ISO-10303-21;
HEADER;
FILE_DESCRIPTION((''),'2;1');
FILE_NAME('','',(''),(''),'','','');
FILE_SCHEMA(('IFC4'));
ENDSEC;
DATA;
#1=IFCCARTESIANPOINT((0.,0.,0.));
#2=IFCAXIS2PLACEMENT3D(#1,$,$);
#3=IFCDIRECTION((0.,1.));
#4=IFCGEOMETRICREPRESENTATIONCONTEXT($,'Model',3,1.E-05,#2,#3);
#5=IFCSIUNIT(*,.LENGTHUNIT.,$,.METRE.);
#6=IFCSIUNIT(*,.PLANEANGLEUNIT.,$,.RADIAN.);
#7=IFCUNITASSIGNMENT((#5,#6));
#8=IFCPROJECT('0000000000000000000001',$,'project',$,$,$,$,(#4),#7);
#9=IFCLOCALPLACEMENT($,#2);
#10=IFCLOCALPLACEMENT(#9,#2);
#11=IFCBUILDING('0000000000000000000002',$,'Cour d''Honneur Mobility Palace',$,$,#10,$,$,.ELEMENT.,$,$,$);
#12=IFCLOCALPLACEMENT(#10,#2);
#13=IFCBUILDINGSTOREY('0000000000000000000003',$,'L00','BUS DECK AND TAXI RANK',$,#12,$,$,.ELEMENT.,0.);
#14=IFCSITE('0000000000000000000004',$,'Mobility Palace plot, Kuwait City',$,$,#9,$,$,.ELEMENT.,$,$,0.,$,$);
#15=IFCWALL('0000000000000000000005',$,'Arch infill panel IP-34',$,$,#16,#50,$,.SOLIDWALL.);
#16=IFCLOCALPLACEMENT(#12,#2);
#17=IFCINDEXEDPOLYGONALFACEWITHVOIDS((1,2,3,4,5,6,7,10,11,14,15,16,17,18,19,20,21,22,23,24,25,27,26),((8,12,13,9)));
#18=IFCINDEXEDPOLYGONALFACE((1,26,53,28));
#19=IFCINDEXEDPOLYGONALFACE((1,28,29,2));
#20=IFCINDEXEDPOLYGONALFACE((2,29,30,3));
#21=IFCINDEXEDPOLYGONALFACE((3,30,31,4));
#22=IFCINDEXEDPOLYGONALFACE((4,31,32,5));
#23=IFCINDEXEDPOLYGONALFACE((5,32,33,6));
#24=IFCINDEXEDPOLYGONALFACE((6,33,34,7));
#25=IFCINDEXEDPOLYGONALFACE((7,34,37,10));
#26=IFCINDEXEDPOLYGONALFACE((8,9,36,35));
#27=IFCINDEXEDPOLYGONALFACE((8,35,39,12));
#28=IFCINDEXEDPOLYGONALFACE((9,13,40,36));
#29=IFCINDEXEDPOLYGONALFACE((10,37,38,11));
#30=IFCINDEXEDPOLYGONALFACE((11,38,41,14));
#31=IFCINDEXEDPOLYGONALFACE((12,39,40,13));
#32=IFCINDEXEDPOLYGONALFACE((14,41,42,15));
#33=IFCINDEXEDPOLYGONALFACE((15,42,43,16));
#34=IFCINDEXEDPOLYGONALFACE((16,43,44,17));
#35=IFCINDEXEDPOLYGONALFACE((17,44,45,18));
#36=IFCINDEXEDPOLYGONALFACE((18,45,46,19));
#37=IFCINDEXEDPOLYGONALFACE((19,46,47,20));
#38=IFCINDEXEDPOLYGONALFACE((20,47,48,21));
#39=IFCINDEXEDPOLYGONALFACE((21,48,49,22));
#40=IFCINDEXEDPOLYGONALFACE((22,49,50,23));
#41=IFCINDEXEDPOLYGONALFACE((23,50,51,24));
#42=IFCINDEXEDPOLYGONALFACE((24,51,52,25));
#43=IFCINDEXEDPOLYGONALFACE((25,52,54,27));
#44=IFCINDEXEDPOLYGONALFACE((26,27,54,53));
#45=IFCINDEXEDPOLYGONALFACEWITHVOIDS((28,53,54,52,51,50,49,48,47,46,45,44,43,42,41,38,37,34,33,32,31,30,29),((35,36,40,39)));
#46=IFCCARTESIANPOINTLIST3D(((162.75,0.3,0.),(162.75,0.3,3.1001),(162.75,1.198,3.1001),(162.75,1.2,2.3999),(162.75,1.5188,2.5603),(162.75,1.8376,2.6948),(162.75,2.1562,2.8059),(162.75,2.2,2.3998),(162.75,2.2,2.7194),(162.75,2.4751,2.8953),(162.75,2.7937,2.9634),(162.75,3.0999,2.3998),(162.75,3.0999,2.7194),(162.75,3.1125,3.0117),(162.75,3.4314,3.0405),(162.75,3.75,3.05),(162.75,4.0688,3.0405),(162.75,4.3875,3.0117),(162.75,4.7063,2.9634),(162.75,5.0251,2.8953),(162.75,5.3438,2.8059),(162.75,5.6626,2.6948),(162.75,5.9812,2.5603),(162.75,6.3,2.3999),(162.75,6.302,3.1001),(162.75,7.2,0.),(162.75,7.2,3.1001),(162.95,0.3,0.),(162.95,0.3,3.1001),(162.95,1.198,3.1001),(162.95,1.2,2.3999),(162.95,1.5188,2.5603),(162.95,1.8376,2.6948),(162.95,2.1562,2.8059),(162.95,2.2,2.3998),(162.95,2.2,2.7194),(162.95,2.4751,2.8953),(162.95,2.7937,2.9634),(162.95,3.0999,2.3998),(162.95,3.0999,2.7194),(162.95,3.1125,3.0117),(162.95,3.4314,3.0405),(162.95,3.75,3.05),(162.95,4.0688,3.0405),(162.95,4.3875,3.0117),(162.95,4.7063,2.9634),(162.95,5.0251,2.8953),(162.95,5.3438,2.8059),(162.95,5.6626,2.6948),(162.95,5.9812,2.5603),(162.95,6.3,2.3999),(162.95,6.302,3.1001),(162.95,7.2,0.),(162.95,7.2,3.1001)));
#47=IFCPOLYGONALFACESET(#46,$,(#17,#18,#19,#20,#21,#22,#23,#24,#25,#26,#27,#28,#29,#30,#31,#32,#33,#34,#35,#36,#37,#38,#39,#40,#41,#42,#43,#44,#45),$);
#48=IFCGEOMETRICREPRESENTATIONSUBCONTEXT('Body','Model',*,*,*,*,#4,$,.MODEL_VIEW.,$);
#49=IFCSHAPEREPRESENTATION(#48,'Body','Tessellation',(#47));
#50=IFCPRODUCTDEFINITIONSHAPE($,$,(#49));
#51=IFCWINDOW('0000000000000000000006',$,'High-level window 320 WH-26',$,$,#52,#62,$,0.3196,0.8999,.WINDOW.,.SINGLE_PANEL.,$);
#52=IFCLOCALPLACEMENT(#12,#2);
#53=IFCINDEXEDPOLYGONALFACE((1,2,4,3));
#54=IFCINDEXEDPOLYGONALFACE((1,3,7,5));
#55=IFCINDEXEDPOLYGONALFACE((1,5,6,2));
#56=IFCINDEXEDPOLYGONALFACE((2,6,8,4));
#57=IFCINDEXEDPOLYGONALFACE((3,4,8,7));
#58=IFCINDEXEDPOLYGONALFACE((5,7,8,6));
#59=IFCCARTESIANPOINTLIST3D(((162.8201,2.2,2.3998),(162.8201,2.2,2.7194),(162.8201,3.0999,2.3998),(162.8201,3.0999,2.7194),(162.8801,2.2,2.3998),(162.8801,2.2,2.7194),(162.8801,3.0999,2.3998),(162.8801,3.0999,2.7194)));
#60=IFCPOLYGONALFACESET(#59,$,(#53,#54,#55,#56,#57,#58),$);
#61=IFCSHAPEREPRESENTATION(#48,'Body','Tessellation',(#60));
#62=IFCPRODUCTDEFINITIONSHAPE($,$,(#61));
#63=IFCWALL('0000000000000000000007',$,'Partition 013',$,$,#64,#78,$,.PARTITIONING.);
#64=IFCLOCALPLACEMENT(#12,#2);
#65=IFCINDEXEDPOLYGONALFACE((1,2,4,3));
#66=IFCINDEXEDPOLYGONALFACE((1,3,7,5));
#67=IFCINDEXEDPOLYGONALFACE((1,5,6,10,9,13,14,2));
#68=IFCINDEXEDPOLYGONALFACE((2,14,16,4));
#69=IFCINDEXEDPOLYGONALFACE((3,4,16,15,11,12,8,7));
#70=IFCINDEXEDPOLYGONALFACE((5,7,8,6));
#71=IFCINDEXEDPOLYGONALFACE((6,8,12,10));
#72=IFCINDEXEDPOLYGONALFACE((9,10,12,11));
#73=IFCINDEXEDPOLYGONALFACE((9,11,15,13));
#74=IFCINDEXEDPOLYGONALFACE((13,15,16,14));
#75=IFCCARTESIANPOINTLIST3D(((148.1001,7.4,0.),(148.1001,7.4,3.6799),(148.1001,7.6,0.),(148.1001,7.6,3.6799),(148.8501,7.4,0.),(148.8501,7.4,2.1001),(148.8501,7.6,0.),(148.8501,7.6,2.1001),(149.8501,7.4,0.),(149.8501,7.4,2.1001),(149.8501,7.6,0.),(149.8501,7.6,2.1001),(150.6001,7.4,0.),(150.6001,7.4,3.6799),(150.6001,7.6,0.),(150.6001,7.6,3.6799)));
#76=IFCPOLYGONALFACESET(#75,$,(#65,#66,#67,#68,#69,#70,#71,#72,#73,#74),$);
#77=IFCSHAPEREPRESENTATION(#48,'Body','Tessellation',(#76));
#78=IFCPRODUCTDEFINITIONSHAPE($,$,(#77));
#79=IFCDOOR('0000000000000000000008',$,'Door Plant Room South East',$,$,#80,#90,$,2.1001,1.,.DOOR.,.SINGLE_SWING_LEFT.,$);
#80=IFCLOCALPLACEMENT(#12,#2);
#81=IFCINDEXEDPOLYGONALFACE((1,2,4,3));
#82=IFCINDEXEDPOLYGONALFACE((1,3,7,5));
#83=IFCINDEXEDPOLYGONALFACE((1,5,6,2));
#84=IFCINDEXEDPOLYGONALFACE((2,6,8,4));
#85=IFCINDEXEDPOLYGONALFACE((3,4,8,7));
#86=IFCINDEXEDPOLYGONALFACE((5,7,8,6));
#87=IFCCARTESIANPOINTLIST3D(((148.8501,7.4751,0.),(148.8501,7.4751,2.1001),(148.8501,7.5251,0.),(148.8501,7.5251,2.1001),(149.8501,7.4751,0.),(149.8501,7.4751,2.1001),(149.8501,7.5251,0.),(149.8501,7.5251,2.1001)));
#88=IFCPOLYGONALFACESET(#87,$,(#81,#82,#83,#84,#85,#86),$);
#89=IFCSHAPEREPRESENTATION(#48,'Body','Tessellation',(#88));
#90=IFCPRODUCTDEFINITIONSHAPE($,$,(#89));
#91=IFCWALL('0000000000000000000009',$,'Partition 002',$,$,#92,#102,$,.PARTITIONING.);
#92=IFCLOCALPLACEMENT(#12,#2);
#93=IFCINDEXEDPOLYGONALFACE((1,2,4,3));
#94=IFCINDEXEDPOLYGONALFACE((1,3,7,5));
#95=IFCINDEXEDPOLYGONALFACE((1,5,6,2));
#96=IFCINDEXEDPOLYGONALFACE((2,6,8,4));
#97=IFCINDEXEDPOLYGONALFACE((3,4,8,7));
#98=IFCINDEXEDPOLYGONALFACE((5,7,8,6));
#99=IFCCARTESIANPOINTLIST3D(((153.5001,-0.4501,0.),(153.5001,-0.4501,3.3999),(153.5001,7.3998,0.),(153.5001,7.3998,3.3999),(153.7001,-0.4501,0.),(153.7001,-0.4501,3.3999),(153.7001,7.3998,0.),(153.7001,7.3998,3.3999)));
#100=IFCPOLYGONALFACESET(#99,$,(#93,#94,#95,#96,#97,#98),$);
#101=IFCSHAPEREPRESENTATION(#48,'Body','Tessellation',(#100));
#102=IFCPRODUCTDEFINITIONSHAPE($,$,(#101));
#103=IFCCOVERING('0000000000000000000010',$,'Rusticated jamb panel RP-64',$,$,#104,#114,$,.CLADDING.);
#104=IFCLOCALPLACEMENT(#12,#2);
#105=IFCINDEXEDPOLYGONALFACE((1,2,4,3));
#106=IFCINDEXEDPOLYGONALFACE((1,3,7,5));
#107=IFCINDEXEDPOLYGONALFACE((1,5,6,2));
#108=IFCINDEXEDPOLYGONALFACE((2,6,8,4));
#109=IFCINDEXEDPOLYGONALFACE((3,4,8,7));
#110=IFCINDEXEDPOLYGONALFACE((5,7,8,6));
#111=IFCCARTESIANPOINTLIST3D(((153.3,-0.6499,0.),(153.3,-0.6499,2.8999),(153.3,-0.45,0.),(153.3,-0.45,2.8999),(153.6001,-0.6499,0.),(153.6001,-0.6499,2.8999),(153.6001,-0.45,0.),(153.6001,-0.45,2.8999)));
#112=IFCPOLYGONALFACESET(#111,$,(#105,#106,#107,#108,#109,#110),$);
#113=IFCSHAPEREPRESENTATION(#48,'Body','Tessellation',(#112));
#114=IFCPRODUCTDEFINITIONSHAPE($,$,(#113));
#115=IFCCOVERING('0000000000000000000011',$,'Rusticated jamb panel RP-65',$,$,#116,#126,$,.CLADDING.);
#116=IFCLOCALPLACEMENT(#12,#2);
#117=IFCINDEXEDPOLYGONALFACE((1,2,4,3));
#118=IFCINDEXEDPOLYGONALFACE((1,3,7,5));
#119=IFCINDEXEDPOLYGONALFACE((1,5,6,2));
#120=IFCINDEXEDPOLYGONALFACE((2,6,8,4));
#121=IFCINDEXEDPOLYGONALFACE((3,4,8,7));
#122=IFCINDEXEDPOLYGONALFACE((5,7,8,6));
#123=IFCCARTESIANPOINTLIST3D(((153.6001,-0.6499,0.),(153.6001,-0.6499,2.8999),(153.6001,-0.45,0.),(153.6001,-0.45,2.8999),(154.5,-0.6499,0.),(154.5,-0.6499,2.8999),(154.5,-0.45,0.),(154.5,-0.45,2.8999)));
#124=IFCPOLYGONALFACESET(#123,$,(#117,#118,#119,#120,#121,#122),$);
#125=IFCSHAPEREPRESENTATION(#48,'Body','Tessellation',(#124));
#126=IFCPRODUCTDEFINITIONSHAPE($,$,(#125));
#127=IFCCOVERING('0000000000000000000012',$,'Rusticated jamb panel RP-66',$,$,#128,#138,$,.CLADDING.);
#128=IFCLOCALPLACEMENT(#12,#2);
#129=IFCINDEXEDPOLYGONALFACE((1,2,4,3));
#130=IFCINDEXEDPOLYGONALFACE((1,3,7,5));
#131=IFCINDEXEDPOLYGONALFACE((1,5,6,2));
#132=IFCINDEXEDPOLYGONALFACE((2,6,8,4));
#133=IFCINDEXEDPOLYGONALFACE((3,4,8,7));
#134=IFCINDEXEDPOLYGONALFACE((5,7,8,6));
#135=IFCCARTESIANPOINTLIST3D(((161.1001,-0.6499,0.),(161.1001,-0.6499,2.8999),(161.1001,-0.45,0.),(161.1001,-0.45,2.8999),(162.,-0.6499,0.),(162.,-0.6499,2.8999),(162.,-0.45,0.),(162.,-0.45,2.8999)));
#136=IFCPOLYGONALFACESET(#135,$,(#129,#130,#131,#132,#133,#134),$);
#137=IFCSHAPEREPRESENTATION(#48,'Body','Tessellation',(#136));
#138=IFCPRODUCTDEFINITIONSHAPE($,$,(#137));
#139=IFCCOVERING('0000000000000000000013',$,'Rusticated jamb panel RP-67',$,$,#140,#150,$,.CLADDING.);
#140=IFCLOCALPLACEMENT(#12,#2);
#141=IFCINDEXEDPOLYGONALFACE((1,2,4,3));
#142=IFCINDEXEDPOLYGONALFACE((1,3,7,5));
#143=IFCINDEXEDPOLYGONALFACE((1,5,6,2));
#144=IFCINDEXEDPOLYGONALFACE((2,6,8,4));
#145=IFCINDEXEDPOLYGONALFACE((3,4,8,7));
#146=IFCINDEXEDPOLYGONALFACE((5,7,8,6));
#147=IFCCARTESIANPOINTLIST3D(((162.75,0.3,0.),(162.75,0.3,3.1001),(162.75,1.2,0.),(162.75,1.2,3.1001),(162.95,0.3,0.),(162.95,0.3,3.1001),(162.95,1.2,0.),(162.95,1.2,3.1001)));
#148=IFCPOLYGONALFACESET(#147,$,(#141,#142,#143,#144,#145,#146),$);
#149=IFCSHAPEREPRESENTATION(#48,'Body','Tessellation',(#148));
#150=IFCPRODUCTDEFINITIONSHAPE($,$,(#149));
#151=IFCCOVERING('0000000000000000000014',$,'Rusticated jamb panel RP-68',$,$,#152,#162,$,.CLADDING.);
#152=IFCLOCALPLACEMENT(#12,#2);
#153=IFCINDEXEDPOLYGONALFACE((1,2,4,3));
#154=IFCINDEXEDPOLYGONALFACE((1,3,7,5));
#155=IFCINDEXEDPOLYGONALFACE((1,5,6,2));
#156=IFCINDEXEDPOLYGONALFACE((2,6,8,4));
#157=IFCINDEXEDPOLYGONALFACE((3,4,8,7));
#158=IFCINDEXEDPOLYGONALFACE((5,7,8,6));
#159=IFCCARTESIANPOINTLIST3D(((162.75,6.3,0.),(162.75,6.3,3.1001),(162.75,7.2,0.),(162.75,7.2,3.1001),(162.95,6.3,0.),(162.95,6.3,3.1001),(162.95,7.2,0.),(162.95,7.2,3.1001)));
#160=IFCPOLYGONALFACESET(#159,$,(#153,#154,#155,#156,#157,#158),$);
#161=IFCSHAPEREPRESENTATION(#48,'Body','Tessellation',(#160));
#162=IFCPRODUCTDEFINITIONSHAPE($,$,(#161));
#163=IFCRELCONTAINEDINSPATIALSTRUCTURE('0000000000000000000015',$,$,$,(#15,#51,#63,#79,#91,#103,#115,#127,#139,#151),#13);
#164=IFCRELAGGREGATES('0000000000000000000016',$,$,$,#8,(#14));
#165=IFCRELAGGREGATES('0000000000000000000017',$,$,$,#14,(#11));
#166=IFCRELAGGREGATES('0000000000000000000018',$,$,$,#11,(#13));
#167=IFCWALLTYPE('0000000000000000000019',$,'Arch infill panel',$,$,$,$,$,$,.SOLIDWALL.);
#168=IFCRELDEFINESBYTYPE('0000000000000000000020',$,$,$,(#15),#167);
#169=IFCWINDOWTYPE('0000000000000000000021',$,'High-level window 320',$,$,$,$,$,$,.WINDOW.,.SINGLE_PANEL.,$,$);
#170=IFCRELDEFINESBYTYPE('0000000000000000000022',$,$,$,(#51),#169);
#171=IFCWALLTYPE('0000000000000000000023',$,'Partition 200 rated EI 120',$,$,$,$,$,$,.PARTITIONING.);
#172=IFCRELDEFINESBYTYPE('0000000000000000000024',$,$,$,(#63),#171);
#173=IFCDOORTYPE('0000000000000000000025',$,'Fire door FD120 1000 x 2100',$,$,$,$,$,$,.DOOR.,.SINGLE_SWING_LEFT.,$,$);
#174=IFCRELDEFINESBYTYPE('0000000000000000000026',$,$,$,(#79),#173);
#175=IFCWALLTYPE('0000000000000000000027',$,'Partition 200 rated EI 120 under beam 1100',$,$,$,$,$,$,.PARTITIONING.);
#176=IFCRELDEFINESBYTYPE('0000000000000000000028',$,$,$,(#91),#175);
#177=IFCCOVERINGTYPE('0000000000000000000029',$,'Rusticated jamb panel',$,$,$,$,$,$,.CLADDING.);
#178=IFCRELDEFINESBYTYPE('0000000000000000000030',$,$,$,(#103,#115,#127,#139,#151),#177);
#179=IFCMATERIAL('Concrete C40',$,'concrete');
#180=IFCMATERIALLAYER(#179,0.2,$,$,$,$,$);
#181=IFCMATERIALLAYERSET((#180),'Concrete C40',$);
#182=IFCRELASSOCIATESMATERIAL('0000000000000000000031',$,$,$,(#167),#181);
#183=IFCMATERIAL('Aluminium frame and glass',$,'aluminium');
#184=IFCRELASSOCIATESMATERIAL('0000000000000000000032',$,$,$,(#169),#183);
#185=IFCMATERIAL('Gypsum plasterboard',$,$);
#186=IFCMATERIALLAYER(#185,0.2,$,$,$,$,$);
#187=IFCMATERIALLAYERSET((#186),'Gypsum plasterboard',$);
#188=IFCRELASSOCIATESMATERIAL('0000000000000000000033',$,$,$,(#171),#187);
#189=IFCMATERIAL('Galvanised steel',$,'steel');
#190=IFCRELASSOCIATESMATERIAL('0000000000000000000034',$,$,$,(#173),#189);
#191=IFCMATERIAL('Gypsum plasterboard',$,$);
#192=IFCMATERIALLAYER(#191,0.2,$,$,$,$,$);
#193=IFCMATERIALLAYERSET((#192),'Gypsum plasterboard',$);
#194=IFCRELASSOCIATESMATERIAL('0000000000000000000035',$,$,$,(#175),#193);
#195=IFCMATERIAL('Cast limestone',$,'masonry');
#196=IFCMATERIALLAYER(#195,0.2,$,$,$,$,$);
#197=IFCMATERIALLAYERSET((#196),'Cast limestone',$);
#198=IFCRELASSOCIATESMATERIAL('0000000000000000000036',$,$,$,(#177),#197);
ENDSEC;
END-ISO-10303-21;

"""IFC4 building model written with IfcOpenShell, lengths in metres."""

from ifc_helpers import new_model, si_unit, direction, frame, frame_2d, origin, place, context, subcontext, project, spatial, polyline, rectangle, outline, extrude, material, layer, layer_set, type_object, element, fill, save


model = new_model("IFC4")

# Units and contexts
model_context = context("Model", 3, precision=1e-05, world=origin(), true_north=direction((0.0, 1.0)))
body_context = subcontext(model_context, "Body", "Model", "MODEL_VIEW")
ifc_project = project(units=[si_unit("LENGTHUNIT", "METRE"), si_unit("PLANEANGLEUNIT", "RADIAN")], contexts=[model_context])

# Site, building, storey
site_placement = place(None, origin())
site = spatial("IfcSite", under=ifc_project, at=site_placement, Name="Mobility Palace plot, Kuwait City", CompositionType="ELEMENT", RefElevation=0.0)
building_placement = place(site_placement, origin())
building = spatial("IfcBuilding", under=site, at=building_placement, Name="Cour d'Honneur Mobility Palace", CompositionType="ELEMENT")
storey_placement = place(building_placement, origin())
storey = spatial("IfcBuildingStorey", under=building, at=storey_placement, Name="L00", Description="BUS DECK AND TAXI RANK", CompositionType="ELEMENT", Elevation=0.0)

# Shared definitions
ifc_material_1 = material(Name="Concrete C40", Category="concrete")
ifc_layer_1 = layer(ifc_material_1, 0.2)
ifc_layer_set_1 = layer_set([ifc_layer_1], Name="Concrete C40")
wall_type_1 = type_object("IfcWallType", Name="Arch infill panel", PredefinedType="SOLIDWALL", material=ifc_layer_set_1)

# Wall, opening, window
wall_1_placement = place(storey_placement, frame((162.8501, 0.3, 0.0), z_axis=(0.0, 0.0, 1.0), x_axis=(0.0, 1.0, 0.0)))
wall_1 = element("IfcWall", 1, at=wall_1_placement, inside=storey, type_object=wall_type_1, Name="Arch infill panel IP-34", PredefinedType="SOLIDWALL", context=body_context, shape_type="SweptSolid", body=[
    extrude(outline(polyline([(0.0, 0.0), (6.8999, 0.0), (6.8999, 3.1001), (6.002, 3.1001), (6.0, 2.3999), (5.6812, 2.5603), (5.3625, 2.6948), (5.0437, 2.8059), (4.7251, 2.8953), (4.4062, 2.9634), (4.0874, 3.0117), (3.7688, 3.0405), (3.45, 3.05), (3.1313, 3.0405), (2.8125, 3.0117), (2.4937, 2.9634), (2.175, 2.8953), (1.8562, 2.8059), (1.5376, 2.6948), (1.2188, 2.5603), (0.8999, 2.3999), (0.8979, 3.1001), (0.0, 3.1001), (0.0, 0.0)])), frame((0.0, 0.1001, 0.0), z_axis=(0.0, -1.0, 0.0), x_axis=(1.0, 0.0, 0.0)), (0.0, 0.0, 1.0), 0.2),
])
opening_1_placement = place(wall_1_placement, frame((1.8999, 0.0, 2.3999)))
opening_1 = element("IfcOpeningElement", 2, at=opening_1_placement, cuts=wall_1, PredefinedType="OPENING", context=body_context, shape_type="SweptSolid", body=[
    extrude(rectangle(XDim=0.8999, YDim=0.3196, at=frame_2d((0.45, 0.1597))), frame((0.0, 0.1099, 0.0), z_axis=(0.0, -1.0, 0.0), x_axis=(1.0, 0.0, 0.0)), (0.0, 0.0, 1.0), 0.22),
])
ifc_material_2 = material(Name="Aluminium frame and glass", Category="aluminium")
window_type = type_object("IfcWindowType", Name="High-level window 320", PartitioningType="SINGLE_PANEL", PredefinedType="WINDOW", material=ifc_material_2)
window_placement = place(opening_1_placement, origin())
window = element("IfcWindow", 3, at=window_placement, inside=storey, type_object=window_type, Name="High-level window 320 WH-26", OverallHeight=0.3196, OverallWidth=0.8999, PartitioningType="SINGLE_PANEL", PredefinedType="WINDOW", context=body_context, shape_type="SweptSolid", body=[
    extrude(rectangle(XDim=0.8999, YDim=0.3196, at=frame_2d((0.45, 0.1597))), frame((0.0, 0.03, 0.0), z_axis=(0.0, -1.0, 0.0), x_axis=(1.0, 0.0, 0.0)), (0.0, 0.0, 1.0), 0.0601),
])
fill(opening_1, window)

# Wall, opening, door
ifc_material_3 = material(Name="Gypsum plasterboard")
ifc_layer_2 = layer(ifc_material_3, 0.2)
ifc_layer_set_2 = layer_set([ifc_layer_2], Name="Gypsum plasterboard")
wall_type_2 = type_object("IfcWallType", Name="Partition 200 rated EI 120", PredefinedType="PARTITIONING", material=ifc_layer_set_2)
wall_2_placement = place(storey_placement, frame((150.6001, 7.5, 0.0), z_axis=(0.0, 0.0, 1.0), x_axis=(-1.0, 0.0, 0.0)))
wall_2 = element("IfcWall", 4, at=wall_2_placement, inside=storey, type_object=wall_type_2, Name="Partition 013", PredefinedType="PARTITIONING", context=body_context, shape_type="SweptSolid", body=[
    extrude(rectangle(XDim=2.5, YDim=0.2, at=frame_2d((1.25, 0.0))), origin(), (0.0, 0.0, 1.0), 3.6799),
])
opening_2_placement = place(wall_2_placement, frame((0.75, 0.0, 0.0)))
opening_2 = element("IfcOpeningElement", 5, at=opening_2_placement, cuts=wall_2, PredefinedType="OPENING", context=body_context, shape_type="SweptSolid", body=[
    extrude(rectangle(XDim=1.0, YDim=2.1001, at=frame_2d((0.5, 1.05))), frame((0.0, 0.1099, 0.0), z_axis=(0.0, -1.0, 0.0), x_axis=(1.0, 0.0, 0.0)), (0.0, 0.0, 1.0), 0.22),
])
ifc_material_4 = material(Name="Galvanised steel", Category="steel")
door_type_1 = type_object("IfcDoorType", Name="Fire door FD120 1000 x 2100", OperationType="SINGLE_SWING_LEFT", PredefinedType="DOOR", material=ifc_material_4)
door_1_placement = place(opening_2_placement, origin())
door_1 = element("IfcDoor", 6, at=door_1_placement, inside=storey, type_object=door_type_1, Name="Door Plant Room South East", OperationType="SINGLE_SWING_LEFT", OverallHeight=2.1001, OverallWidth=1.0, PredefinedType="DOOR", context=body_context, shape_type="SweptSolid", body=[
    extrude(rectangle(XDim=1.0, YDim=2.1001, at=frame_2d((0.5, 1.05))), frame((0.0, 0.0249, 0.0), z_axis=(0.0, -1.0, 0.0), x_axis=(1.0, 0.0, 0.0)), (0.0, 0.0, 1.0), 0.05),
])
fill(opening_2, door_1)

# Wall
ifc_material_5 = material(Name="Gypsum plasterboard")
ifc_layer_3 = layer(ifc_material_5, 0.2)
ifc_layer_set_3 = layer_set([ifc_layer_3], Name="Gypsum plasterboard")
wall_type_3 = type_object("IfcWallType", Name="Partition 200 rated EI 120 under beam 1100", PredefinedType="PARTITIONING", material=ifc_layer_set_3)
wall_3_placement = place(storey_placement, frame((153.6001, -0.45, 0.0), z_axis=(0.0, 0.0, 1.0), x_axis=(0.0, 1.0, 0.0)))
element("IfcWall", 7, at=wall_3_placement, inside=storey, type_object=wall_type_3, Name="Partition 002", PredefinedType="PARTITIONING", context=body_context, shape_type="SweptSolid", body=[
    extrude(rectangle(XDim=7.8499, YDim=0.2, at=frame_2d((3.9248, 0.0))), origin(), (0.0, 0.0, 1.0), 3.3999),
])

# Coverings
ifc_material_6 = material(Name="Cast limestone", Category="masonry")
ifc_layer_4 = layer(ifc_material_6, 0.2)
ifc_layer_set_4 = layer_set([ifc_layer_4], Name="Cast limestone")
covering_type_1 = type_object("IfcCoveringType", Name="Rusticated jamb panel", PredefinedType="CLADDING", material=ifc_layer_set_4)
covering_1_placement = place(storey_placement, frame((153.3, -0.6499, 0.0), z_axis=(0.0, -1.0, 0.0), x_axis=(1.0, 0.0, 0.0)))
element("IfcCovering", 8, at=covering_1_placement, inside=storey, type_object=covering_type_1, Name="Rusticated jamb panel RP-64", PredefinedType="CLADDING", context=body_context, shape_type="SweptSolid", body=[
    extrude(outline(polyline([(0.0, 0.0), (0.3, 0.0), (0.3, 2.8999), (0.0, 2.8999), (0.0, 0.0)])), origin(), (0.0, 0.0, -1.0), 0.2),
])
for number, where, z_axis, x_axis, name in (
    (9, (153.6001, -0.6499, 0.0), (0.0, -1.0, 0.0), (1.0, 0.0, 0.0), "Rusticated jamb panel RP-65"),
    (10, (161.1001, -0.6499, 0.0), (0.0, -1.0, 0.0), (1.0, 0.0, 0.0), "Rusticated jamb panel RP-66"),
):
    element("IfcCovering", number, at=place(storey_placement, frame(where, z_axis=z_axis, x_axis=x_axis)), inside=storey, type_object=covering_type_1, Name=name, PredefinedType="CLADDING", context=body_context, shape_type="SweptSolid", body=[
        extrude(outline(polyline([(0.0, 0.0), (0.8999, 0.0), (0.8999, 2.8999), (0.0, 2.8999), (0.0, 0.0)])), origin(), (0.0, 0.0, -1.0), 0.2),
    ])
for number, where, z_axis, x_axis, name in (
    (11, (162.95, 0.3, 0.0), (1.0, 0.0, 0.0), (0.0, 1.0, 0.0), "Rusticated jamb panel RP-67"),
    (12, (162.95, 6.3, 0.0), (1.0, 0.0, 0.0), (0.0, 1.0, 0.0), "Rusticated jamb panel RP-68"),
):
    element("IfcCovering", number, at=place(storey_placement, frame(where, z_axis=z_axis, x_axis=x_axis)), inside=storey, type_object=covering_type_1, Name=name, PredefinedType="CLADDING", context=body_context, shape_type="SweptSolid", body=[
        extrude(outline(polyline([(0.0, 0.0), (0.8999, 0.0), (0.8999, 3.1001), (0.0, 3.1001), (0.0, 0.0)])), origin(), (0.0, 0.0, -1.0), 0.2),
    ])

save(model, "model.ifc")
